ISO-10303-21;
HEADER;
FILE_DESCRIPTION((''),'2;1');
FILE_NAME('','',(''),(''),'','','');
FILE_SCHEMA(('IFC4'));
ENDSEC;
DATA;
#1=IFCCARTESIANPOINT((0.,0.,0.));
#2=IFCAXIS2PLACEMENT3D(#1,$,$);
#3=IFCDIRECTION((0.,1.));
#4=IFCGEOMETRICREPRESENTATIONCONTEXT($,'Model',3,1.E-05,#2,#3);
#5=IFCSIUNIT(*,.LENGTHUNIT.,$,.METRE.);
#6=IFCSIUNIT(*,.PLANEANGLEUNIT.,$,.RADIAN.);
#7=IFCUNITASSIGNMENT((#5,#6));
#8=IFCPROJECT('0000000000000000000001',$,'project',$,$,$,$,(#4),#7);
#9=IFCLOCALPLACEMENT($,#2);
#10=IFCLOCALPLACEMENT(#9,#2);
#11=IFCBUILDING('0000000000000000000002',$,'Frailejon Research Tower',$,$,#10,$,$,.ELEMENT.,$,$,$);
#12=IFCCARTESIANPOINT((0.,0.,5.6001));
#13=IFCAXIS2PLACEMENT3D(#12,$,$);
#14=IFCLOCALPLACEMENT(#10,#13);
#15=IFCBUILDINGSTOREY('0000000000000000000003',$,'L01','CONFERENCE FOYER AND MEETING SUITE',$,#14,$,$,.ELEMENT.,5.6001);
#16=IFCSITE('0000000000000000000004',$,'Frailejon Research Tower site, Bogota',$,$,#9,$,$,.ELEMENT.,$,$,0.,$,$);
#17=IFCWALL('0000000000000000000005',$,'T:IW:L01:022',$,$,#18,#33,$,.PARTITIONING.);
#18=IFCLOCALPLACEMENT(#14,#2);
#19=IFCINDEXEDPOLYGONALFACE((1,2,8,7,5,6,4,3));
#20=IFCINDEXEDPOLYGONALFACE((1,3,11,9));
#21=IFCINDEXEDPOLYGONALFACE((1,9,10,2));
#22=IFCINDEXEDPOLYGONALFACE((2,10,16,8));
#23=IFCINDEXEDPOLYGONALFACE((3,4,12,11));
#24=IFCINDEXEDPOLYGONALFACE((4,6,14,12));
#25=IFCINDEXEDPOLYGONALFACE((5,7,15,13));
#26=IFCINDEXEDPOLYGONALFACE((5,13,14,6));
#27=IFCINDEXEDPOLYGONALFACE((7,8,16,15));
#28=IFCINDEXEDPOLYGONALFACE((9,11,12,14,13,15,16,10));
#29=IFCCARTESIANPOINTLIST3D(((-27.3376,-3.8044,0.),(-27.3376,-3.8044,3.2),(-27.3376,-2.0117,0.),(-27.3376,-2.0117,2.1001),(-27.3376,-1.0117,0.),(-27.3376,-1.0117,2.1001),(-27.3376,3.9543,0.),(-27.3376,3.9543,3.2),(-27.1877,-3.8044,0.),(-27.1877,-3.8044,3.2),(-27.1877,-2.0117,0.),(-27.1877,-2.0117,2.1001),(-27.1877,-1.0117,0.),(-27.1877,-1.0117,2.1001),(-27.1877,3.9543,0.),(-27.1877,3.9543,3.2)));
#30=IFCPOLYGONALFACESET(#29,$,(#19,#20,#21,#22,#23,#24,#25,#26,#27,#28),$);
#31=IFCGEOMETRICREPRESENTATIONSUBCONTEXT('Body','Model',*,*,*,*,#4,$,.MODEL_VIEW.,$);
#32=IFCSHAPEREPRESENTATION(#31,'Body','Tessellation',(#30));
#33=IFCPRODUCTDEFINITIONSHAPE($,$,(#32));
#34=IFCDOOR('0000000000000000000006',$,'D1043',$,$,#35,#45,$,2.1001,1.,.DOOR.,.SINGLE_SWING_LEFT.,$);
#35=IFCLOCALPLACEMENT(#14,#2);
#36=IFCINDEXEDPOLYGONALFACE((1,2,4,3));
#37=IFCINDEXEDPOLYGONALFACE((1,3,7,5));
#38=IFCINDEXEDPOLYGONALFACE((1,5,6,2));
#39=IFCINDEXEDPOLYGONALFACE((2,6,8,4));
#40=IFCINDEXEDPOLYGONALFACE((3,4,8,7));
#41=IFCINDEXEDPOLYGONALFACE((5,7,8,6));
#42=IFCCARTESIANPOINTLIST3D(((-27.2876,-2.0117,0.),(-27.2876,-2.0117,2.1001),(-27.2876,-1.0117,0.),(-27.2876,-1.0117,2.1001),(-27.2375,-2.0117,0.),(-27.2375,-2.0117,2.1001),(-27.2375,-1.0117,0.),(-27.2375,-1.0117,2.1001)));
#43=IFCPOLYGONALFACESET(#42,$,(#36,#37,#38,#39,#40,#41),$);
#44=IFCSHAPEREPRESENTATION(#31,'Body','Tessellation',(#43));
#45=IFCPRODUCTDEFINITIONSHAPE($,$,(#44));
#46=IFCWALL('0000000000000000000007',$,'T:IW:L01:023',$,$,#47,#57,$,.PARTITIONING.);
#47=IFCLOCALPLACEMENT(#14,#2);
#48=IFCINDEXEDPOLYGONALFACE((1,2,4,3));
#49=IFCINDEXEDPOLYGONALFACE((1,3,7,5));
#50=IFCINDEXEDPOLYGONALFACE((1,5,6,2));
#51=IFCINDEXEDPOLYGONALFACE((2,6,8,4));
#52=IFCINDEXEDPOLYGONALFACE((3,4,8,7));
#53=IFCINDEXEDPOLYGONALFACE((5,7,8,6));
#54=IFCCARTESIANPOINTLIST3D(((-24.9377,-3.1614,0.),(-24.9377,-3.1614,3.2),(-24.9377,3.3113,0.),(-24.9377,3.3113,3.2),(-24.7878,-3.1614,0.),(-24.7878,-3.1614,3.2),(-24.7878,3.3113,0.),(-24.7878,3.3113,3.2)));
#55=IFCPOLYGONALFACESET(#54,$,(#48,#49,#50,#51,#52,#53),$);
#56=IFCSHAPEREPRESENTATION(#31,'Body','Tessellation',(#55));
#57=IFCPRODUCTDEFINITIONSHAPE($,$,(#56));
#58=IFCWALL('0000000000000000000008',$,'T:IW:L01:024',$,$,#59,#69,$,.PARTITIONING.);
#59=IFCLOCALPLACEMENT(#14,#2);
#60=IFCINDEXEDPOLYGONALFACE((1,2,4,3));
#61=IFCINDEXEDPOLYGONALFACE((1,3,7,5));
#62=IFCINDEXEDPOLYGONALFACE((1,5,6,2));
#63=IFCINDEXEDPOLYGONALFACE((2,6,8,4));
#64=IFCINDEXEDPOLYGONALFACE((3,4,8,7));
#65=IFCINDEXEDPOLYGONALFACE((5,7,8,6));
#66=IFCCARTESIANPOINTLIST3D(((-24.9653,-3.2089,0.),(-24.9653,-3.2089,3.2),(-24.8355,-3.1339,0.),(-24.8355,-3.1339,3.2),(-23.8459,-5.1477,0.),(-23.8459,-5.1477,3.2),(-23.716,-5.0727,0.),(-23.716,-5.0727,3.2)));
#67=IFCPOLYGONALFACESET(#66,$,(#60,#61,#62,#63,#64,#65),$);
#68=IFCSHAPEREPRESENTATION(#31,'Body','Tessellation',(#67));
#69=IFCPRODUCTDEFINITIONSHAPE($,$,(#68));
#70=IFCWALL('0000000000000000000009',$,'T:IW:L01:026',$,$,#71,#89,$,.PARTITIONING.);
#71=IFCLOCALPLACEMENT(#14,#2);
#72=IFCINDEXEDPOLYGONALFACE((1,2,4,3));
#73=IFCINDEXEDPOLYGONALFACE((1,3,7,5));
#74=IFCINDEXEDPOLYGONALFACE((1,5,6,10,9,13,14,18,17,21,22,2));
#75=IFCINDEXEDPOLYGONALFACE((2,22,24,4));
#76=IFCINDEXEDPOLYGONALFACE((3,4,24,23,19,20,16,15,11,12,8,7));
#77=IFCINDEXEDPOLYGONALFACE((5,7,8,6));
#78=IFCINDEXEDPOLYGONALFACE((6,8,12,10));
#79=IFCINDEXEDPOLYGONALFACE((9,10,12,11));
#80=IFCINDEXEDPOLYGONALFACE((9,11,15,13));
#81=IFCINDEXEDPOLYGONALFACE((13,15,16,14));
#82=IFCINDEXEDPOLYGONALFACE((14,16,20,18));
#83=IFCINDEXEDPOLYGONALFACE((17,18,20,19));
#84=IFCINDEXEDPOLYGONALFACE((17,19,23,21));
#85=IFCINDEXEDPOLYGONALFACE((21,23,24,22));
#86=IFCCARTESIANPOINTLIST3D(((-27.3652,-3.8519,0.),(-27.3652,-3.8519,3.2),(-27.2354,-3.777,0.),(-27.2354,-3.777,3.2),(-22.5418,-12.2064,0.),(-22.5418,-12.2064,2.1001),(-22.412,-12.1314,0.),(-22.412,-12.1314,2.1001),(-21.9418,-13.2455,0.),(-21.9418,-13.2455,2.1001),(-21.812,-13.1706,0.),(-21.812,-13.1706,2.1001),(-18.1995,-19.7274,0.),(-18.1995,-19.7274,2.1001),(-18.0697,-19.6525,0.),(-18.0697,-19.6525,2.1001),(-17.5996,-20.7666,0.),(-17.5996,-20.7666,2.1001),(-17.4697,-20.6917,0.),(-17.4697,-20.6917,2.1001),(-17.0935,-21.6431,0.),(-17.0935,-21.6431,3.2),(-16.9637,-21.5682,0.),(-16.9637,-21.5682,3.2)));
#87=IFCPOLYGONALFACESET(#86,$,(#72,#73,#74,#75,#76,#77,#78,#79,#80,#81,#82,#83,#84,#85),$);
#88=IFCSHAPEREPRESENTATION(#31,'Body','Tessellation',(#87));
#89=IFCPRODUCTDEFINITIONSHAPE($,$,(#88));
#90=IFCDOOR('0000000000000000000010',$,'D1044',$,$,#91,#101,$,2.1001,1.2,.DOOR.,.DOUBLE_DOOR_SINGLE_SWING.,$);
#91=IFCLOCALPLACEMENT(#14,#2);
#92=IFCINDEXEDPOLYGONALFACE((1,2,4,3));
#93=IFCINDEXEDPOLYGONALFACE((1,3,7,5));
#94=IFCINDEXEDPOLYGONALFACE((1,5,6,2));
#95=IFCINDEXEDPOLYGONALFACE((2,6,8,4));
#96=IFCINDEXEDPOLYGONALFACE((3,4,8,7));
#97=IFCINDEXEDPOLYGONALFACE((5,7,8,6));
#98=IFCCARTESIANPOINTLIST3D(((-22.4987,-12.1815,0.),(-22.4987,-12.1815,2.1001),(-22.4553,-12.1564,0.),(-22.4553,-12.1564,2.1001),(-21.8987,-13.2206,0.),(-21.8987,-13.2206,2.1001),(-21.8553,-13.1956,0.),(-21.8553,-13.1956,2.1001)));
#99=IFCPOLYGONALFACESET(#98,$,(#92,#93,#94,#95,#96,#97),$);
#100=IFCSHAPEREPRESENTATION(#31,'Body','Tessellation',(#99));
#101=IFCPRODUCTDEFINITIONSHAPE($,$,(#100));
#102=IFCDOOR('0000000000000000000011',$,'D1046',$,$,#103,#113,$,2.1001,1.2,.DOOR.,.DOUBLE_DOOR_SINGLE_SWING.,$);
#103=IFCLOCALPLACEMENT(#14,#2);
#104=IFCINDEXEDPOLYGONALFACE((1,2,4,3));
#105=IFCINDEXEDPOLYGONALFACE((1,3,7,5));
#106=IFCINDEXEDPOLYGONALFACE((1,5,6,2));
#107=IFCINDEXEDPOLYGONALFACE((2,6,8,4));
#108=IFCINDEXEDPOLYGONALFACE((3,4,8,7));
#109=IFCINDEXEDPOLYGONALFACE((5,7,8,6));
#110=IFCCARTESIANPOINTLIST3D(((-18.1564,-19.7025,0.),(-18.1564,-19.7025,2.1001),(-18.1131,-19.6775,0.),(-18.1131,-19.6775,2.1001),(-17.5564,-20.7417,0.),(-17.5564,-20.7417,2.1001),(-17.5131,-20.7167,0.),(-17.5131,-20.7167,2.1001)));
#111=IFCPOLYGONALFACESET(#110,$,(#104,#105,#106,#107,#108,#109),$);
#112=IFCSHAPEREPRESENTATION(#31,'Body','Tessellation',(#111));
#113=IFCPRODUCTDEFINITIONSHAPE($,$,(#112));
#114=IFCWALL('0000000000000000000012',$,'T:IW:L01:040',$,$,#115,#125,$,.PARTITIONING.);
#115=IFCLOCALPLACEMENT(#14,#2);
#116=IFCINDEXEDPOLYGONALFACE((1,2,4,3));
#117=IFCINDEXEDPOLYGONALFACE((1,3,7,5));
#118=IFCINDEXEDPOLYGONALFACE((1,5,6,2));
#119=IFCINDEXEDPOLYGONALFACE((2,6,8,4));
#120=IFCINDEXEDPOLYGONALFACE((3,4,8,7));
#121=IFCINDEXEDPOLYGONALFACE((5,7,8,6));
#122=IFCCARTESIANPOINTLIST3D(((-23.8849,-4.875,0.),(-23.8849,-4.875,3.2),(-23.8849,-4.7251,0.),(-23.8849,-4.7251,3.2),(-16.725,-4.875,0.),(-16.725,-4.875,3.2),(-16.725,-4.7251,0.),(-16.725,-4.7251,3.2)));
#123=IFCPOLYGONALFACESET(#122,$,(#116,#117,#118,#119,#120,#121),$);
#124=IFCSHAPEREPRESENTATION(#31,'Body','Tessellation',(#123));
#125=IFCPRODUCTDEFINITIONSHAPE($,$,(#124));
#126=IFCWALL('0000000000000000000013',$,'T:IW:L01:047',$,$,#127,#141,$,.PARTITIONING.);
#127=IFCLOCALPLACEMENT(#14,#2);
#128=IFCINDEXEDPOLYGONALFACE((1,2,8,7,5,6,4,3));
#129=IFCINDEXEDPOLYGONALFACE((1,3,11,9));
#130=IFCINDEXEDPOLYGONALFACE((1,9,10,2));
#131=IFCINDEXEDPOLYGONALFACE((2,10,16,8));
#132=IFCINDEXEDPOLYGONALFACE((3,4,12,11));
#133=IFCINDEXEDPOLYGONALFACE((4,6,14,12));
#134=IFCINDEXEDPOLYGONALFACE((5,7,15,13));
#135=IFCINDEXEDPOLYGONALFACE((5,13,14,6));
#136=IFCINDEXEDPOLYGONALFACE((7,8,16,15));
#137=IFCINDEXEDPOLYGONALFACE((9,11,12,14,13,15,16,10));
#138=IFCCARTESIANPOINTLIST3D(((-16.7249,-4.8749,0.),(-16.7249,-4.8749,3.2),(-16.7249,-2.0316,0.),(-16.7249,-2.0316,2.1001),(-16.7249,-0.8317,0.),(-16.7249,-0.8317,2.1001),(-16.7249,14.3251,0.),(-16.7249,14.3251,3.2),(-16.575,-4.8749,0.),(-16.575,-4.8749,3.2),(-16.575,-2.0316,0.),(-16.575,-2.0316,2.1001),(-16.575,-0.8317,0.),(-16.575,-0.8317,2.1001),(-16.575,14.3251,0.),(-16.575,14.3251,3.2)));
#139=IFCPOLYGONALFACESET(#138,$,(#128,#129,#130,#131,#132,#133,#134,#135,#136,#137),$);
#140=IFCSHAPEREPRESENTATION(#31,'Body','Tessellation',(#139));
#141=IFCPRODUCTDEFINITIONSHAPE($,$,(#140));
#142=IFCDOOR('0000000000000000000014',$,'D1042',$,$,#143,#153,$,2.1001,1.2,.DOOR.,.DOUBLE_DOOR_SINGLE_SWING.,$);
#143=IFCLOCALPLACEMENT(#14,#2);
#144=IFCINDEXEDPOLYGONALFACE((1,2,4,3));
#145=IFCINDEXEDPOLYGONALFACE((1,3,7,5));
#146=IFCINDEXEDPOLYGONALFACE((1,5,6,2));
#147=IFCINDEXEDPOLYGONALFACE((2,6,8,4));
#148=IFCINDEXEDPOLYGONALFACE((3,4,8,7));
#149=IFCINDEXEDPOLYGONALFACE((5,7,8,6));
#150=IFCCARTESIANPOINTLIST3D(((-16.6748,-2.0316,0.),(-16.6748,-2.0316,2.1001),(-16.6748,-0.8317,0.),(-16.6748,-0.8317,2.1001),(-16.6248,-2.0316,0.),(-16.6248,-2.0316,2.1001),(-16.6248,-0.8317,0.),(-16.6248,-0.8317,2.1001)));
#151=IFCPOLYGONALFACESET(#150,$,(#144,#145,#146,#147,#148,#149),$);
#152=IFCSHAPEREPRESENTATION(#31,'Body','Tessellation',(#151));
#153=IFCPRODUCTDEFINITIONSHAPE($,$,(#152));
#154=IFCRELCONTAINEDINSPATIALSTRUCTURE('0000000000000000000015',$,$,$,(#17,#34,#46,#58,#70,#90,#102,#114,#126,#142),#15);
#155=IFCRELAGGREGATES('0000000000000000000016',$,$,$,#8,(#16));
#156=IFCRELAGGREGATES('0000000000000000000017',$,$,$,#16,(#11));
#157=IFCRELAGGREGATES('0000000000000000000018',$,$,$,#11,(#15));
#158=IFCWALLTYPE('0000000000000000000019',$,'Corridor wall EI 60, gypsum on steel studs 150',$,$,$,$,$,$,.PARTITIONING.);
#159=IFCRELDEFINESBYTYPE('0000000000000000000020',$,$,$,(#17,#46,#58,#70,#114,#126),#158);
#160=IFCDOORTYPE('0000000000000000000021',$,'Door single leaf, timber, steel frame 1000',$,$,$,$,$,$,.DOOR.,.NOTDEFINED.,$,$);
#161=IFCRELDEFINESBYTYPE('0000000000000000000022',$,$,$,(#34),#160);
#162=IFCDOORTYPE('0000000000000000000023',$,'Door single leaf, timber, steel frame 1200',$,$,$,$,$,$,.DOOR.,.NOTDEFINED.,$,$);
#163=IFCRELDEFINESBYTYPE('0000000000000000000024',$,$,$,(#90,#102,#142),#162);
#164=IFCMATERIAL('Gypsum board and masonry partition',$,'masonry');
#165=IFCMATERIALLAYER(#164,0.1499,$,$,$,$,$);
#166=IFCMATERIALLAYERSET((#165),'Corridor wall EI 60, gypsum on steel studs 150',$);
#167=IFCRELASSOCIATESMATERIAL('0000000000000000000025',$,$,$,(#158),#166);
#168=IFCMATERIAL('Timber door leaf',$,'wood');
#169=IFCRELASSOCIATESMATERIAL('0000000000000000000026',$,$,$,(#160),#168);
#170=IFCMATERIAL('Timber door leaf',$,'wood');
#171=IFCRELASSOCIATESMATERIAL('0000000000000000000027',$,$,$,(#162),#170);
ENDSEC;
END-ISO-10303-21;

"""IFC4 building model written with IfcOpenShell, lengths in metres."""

from ifc_helpers import new_model, si_unit, direction, frame, frame_2d, origin, place, context, subcontext, project, spatial, rectangle, extrude, material, layer, layer_set, type_object, element, fill, save


model = new_model("IFC4")

# Units and contexts
model_context = context("Model", 3, precision=1e-05, world=origin(), true_north=direction((0.0, 1.0)))
body_context = subcontext(model_context, "Body", "Model", "MODEL_VIEW")
ifc_project = project(units=[si_unit("LENGTHUNIT", "METRE"), si_unit("PLANEANGLEUNIT", "RADIAN")], contexts=[model_context])

# Site, building, storey
site_placement = place(None, origin())
site = spatial("IfcSite", under=ifc_project, at=site_placement, Name="Frailejon Research Tower site, Bogota", CompositionType="ELEMENT", RefElevation=0.0)
building_placement = place(site_placement, origin())
building = spatial("IfcBuilding", under=site, at=building_placement, Name="Frailejon Research Tower", CompositionType="ELEMENT")
storey_placement = place(building_placement, frame((0.0, 0.0, 5.6001)))
storey = spatial("IfcBuildingStorey", under=building, at=storey_placement, Name="L01", Description="CONFERENCE FOYER AND MEETING SUITE", CompositionType="ELEMENT", Elevation=5.6001)

# Wall, opening, door
ifc_material_1 = material(Name="Gypsum board and masonry partition", Category="masonry")
ifc_layer_1 = layer(ifc_material_1, 0.1499)
ifc_layer_set_1 = layer_set([ifc_layer_1], Name="Corridor wall EI 60, gypsum on steel studs 150")
wall_type_1 = type_object("IfcWallType", Name="Corridor wall EI 60, gypsum on steel studs 150", PredefinedType="PARTITIONING", material=ifc_layer_set_1)
ifc_material_2 = material(Name="Timber door leaf", Category="wood")
door_type_1 = type_object("IfcDoorType", Name="Door single leaf, timber, steel frame 1000", OperationType="NOTDEFINED", PredefinedType="DOOR", material=ifc_material_2)
ifc_material_3 = material(Name="Timber door leaf", Category="wood")
door_type_2 = type_object("IfcDoorType", Name="Door single leaf, timber, steel frame 1200", OperationType="NOTDEFINED", PredefinedType="DOOR", material=ifc_material_3)
wall_1_placement = place(storey_placement, frame((-27.2627, -3.8044, 0.0), z_axis=(0.0, 0.0, 1.0), x_axis=(0.0, 1.0, 0.0)))
wall_1 = element("IfcWall", 1, at=wall_1_placement, inside=storey, type_object=wall_type_1, Name="T:IW:L01:022", PredefinedType="PARTITIONING", context=body_context, shape_type="SweptSolid", body=[
    extrude(rectangle(XDim=7.7588, YDim=0.1499, at=frame_2d((3.8794, 0.0))), origin(), (0.0, 0.0, 1.0), 3.2),
])
opening_1_placement = place(wall_1_placement, frame((1.7927, 0.0, 0.0)))
opening_1 = element("IfcOpeningElement", 2, at=opening_1_placement, cuts=wall_1, PredefinedType="OPENING", context=body_context, shape_type="SweptSolid", body=[
    extrude(rectangle(XDim=1.0, YDim=2.1001, at=frame_2d((0.5, 1.05))), frame((0.0, 0.085, 0.0), z_axis=(0.0, -1.0, 0.0), x_axis=(1.0, 0.0, 0.0)), (0.0, 0.0, 1.0), 0.1699),
])
door_1_placement = place(opening_1_placement, origin())
door_1 = element("IfcDoor", 3, at=door_1_placement, inside=storey, type_object=door_type_1, Name="D1043", OperationType="SINGLE_SWING_LEFT", OverallHeight=2.1001, OverallWidth=1.0, PredefinedType="DOOR", context=body_context, shape_type="SweptSolid", body=[
    extrude(rectangle(XDim=1.0, YDim=2.1001, at=frame_2d((0.5, 1.05))), frame((0.0, 0.0249, 0.0), z_axis=(0.0, -1.0, 0.0), x_axis=(1.0, 0.0, 0.0)), (0.0, 0.0, 1.0), 0.05),
])
fill(opening_1, door_1)

# Walls
wall_2_placement = place(storey_placement, frame((-24.8628, -3.1614, 0.0), z_axis=(0.0, 0.0, 1.0), x_axis=(0.0, 1.0, 0.0)))
element("IfcWall", 4, at=wall_2_placement, inside=storey, type_object=wall_type_1, Name="T:IW:L01:023", PredefinedType="PARTITIONING", context=body_context, shape_type="SweptSolid", body=[
    extrude(rectangle(XDim=6.4727, YDim=0.1499, at=frame_2d((3.2363, 0.0))), origin(), (0.0, 0.0, 1.0), 3.2),
])
wall_3_placement = place(storey_placement, frame((-24.9004, -3.1714, 0.0), z_axis=(0.0, 0.0, 1.0), x_axis=(0.500021, -0.866013, 0.0)))
element("IfcWall", 5, at=wall_3_placement, inside=storey, type_object=wall_type_1, Name="T:IW:L01:024", PredefinedType="PARTITIONING", context=body_context, shape_type="SweptSolid", body=[
    extrude(rectangle(XDim=2.2388, YDim=0.1499, at=frame_2d((1.1194, 0.0))), origin(), (0.0, 0.0, 1.0), 3.2),
])

# Wall, openings, doors
wall_4_placement = place(storey_placement, frame((-27.3003, -3.8145, 0.0), z_axis=(0.0, 0.0, 1.0), x_axis=(0.499998, -0.866027, 0.0)))
wall_4 = element("IfcWall", 6, at=wall_4_placement, inside=storey, type_object=wall_type_1, Name="T:IW:L01:026", PredefinedType="PARTITIONING", context=body_context, shape_type="SweptSolid", body=[
    extrude(rectangle(XDim=20.5435, YDim=0.1499, at=frame_2d((10.2717, 0.0))), origin(), (0.0, 0.0, 1.0), 3.2),
])
opening_2_placement = place(wall_4_placement, frame((9.6467, 0.0, 0.0)))
opening_2 = element("IfcOpeningElement", 7, at=opening_2_placement, cuts=wall_4, PredefinedType="OPENING", context=body_context, shape_type="SweptSolid", body=[
    extrude(rectangle(XDim=1.2, YDim=2.1001, at=frame_2d((0.6001, 1.05))), frame((0.0, 0.085, 0.0), z_axis=(0.0, -1.0, 0.0), x_axis=(1.0, 0.0, 0.0)), (0.0, 0.0, 1.0), 0.1699),
])
opening_3_placement = place(wall_4_placement, frame((18.3313, 0.0, 0.0)))
opening_3 = element("IfcOpeningElement", 8, at=opening_3_placement, cuts=wall_4, PredefinedType="OPENING", context=body_context, shape_type="SweptSolid", body=[
    extrude(rectangle(XDim=1.2, YDim=2.1001, at=frame_2d((0.6001, 1.05))), frame((0.0, 0.085, 0.0), z_axis=(0.0, -1.0, 0.0), x_axis=(1.0, 0.0, 0.0)), (0.0, 0.0, 1.0), 0.1699),
])
door_2_placement = place(opening_2_placement, origin())
door_2 = element("IfcDoor", 9, at=door_2_placement, inside=storey, type_object=door_type_2, Name="D1044", OperationType="DOUBLE_DOOR_SINGLE_SWING", OverallHeight=2.1001, OverallWidth=1.2, PredefinedType="DOOR", context=body_context, shape_type="SweptSolid", body=[
    extrude(rectangle(XDim=1.2, YDim=2.1001, at=frame_2d((0.6001, 1.05))), frame((0.0, 0.0249, 0.0), z_axis=(0.0, -1.0, 0.0), x_axis=(1.0, 0.0, 0.0)), (0.0, 0.0, 1.0), 0.05),
])
fill(opening_2, door_2)
door_3_placement = place(opening_3_placement, origin())
door_3 = element("IfcDoor", 10, at=door_3_placement, inside=storey, type_object=door_type_2, Name="D1046", OperationType="DOUBLE_DOOR_SINGLE_SWING", OverallHeight=2.1001, OverallWidth=1.2, PredefinedType="DOOR", context=body_context, shape_type="SweptSolid", body=[
    extrude(rectangle(XDim=1.2, YDim=2.1001, at=frame_2d((0.6001, 1.05))), frame((0.0, 0.0249, 0.0), z_axis=(0.0, -1.0, 0.0), x_axis=(1.0, 0.0, 0.0)), (0.0, 0.0, 1.0), 0.05),
])
fill(opening_3, door_3)

# Wall
wall_5_placement = place(storey_placement, frame((-23.885, -4.8, 0.0), z_axis=(0.0, 0.0, 1.0), x_axis=(1.0, 0.0, 0.0)))
element("IfcWall", 11, at=wall_5_placement, inside=storey, type_object=wall_type_1, Name="T:IW:L01:040", PredefinedType="PARTITIONING", context=body_context, shape_type="SweptSolid", body=[
    extrude(rectangle(XDim=7.1599, YDim=0.1499, at=frame_2d((3.5801, 0.0))), origin(), (0.0, 0.0, 1.0), 3.2),
])

# Wall, opening, door
wall_6_placement = place(storey_placement, frame((-16.6499, -4.875, 0.0), z_axis=(0.0, 0.0, 1.0), x_axis=(0.0, 1.0, 0.0)))
wall_6 = element("IfcWall", 12, at=wall_6_placement, inside=storey, type_object=wall_type_1, Name="T:IW:L01:047", PredefinedType="PARTITIONING", context=body_context, shape_type="SweptSolid", body=[
    extrude(rectangle(XDim=19.2, YDim=0.1499, at=frame_2d((9.6001, 0.0))), origin(), (0.0, 0.0, 1.0), 3.2),
])
opening_4_placement = place(wall_6_placement, frame((2.8433, 0.0, 0.0)))
opening_4 = element("IfcOpeningElement", 13, at=opening_4_placement, cuts=wall_6, PredefinedType="OPENING", context=body_context, shape_type="SweptSolid", body=[
    extrude(rectangle(XDim=1.2, YDim=2.1001, at=frame_2d((0.6001, 1.05))), frame((0.0, 0.085, 0.0), z_axis=(0.0, -1.0, 0.0), x_axis=(1.0, 0.0, 0.0)), (0.0, 0.0, 1.0), 0.1699),
])
door_4_placement = place(opening_4_placement, origin())
door_4 = element("IfcDoor", 14, at=door_4_placement, inside=storey, type_object=door_type_2, Name="D1042", OperationType="DOUBLE_DOOR_SINGLE_SWING", OverallHeight=2.1001, OverallWidth=1.2, PredefinedType="DOOR", context=body_context, shape_type="SweptSolid", body=[
    extrude(rectangle(XDim=1.2, YDim=2.1001, at=frame_2d((0.6001, 1.05))), frame((0.0, 0.0249, 0.0), z_axis=(0.0, -1.0, 0.0), x_axis=(1.0, 0.0, 0.0)), (0.0, 0.0, 1.0), 0.05),
])
fill(opening_4, door_4)

save(model, "model.ifc")
